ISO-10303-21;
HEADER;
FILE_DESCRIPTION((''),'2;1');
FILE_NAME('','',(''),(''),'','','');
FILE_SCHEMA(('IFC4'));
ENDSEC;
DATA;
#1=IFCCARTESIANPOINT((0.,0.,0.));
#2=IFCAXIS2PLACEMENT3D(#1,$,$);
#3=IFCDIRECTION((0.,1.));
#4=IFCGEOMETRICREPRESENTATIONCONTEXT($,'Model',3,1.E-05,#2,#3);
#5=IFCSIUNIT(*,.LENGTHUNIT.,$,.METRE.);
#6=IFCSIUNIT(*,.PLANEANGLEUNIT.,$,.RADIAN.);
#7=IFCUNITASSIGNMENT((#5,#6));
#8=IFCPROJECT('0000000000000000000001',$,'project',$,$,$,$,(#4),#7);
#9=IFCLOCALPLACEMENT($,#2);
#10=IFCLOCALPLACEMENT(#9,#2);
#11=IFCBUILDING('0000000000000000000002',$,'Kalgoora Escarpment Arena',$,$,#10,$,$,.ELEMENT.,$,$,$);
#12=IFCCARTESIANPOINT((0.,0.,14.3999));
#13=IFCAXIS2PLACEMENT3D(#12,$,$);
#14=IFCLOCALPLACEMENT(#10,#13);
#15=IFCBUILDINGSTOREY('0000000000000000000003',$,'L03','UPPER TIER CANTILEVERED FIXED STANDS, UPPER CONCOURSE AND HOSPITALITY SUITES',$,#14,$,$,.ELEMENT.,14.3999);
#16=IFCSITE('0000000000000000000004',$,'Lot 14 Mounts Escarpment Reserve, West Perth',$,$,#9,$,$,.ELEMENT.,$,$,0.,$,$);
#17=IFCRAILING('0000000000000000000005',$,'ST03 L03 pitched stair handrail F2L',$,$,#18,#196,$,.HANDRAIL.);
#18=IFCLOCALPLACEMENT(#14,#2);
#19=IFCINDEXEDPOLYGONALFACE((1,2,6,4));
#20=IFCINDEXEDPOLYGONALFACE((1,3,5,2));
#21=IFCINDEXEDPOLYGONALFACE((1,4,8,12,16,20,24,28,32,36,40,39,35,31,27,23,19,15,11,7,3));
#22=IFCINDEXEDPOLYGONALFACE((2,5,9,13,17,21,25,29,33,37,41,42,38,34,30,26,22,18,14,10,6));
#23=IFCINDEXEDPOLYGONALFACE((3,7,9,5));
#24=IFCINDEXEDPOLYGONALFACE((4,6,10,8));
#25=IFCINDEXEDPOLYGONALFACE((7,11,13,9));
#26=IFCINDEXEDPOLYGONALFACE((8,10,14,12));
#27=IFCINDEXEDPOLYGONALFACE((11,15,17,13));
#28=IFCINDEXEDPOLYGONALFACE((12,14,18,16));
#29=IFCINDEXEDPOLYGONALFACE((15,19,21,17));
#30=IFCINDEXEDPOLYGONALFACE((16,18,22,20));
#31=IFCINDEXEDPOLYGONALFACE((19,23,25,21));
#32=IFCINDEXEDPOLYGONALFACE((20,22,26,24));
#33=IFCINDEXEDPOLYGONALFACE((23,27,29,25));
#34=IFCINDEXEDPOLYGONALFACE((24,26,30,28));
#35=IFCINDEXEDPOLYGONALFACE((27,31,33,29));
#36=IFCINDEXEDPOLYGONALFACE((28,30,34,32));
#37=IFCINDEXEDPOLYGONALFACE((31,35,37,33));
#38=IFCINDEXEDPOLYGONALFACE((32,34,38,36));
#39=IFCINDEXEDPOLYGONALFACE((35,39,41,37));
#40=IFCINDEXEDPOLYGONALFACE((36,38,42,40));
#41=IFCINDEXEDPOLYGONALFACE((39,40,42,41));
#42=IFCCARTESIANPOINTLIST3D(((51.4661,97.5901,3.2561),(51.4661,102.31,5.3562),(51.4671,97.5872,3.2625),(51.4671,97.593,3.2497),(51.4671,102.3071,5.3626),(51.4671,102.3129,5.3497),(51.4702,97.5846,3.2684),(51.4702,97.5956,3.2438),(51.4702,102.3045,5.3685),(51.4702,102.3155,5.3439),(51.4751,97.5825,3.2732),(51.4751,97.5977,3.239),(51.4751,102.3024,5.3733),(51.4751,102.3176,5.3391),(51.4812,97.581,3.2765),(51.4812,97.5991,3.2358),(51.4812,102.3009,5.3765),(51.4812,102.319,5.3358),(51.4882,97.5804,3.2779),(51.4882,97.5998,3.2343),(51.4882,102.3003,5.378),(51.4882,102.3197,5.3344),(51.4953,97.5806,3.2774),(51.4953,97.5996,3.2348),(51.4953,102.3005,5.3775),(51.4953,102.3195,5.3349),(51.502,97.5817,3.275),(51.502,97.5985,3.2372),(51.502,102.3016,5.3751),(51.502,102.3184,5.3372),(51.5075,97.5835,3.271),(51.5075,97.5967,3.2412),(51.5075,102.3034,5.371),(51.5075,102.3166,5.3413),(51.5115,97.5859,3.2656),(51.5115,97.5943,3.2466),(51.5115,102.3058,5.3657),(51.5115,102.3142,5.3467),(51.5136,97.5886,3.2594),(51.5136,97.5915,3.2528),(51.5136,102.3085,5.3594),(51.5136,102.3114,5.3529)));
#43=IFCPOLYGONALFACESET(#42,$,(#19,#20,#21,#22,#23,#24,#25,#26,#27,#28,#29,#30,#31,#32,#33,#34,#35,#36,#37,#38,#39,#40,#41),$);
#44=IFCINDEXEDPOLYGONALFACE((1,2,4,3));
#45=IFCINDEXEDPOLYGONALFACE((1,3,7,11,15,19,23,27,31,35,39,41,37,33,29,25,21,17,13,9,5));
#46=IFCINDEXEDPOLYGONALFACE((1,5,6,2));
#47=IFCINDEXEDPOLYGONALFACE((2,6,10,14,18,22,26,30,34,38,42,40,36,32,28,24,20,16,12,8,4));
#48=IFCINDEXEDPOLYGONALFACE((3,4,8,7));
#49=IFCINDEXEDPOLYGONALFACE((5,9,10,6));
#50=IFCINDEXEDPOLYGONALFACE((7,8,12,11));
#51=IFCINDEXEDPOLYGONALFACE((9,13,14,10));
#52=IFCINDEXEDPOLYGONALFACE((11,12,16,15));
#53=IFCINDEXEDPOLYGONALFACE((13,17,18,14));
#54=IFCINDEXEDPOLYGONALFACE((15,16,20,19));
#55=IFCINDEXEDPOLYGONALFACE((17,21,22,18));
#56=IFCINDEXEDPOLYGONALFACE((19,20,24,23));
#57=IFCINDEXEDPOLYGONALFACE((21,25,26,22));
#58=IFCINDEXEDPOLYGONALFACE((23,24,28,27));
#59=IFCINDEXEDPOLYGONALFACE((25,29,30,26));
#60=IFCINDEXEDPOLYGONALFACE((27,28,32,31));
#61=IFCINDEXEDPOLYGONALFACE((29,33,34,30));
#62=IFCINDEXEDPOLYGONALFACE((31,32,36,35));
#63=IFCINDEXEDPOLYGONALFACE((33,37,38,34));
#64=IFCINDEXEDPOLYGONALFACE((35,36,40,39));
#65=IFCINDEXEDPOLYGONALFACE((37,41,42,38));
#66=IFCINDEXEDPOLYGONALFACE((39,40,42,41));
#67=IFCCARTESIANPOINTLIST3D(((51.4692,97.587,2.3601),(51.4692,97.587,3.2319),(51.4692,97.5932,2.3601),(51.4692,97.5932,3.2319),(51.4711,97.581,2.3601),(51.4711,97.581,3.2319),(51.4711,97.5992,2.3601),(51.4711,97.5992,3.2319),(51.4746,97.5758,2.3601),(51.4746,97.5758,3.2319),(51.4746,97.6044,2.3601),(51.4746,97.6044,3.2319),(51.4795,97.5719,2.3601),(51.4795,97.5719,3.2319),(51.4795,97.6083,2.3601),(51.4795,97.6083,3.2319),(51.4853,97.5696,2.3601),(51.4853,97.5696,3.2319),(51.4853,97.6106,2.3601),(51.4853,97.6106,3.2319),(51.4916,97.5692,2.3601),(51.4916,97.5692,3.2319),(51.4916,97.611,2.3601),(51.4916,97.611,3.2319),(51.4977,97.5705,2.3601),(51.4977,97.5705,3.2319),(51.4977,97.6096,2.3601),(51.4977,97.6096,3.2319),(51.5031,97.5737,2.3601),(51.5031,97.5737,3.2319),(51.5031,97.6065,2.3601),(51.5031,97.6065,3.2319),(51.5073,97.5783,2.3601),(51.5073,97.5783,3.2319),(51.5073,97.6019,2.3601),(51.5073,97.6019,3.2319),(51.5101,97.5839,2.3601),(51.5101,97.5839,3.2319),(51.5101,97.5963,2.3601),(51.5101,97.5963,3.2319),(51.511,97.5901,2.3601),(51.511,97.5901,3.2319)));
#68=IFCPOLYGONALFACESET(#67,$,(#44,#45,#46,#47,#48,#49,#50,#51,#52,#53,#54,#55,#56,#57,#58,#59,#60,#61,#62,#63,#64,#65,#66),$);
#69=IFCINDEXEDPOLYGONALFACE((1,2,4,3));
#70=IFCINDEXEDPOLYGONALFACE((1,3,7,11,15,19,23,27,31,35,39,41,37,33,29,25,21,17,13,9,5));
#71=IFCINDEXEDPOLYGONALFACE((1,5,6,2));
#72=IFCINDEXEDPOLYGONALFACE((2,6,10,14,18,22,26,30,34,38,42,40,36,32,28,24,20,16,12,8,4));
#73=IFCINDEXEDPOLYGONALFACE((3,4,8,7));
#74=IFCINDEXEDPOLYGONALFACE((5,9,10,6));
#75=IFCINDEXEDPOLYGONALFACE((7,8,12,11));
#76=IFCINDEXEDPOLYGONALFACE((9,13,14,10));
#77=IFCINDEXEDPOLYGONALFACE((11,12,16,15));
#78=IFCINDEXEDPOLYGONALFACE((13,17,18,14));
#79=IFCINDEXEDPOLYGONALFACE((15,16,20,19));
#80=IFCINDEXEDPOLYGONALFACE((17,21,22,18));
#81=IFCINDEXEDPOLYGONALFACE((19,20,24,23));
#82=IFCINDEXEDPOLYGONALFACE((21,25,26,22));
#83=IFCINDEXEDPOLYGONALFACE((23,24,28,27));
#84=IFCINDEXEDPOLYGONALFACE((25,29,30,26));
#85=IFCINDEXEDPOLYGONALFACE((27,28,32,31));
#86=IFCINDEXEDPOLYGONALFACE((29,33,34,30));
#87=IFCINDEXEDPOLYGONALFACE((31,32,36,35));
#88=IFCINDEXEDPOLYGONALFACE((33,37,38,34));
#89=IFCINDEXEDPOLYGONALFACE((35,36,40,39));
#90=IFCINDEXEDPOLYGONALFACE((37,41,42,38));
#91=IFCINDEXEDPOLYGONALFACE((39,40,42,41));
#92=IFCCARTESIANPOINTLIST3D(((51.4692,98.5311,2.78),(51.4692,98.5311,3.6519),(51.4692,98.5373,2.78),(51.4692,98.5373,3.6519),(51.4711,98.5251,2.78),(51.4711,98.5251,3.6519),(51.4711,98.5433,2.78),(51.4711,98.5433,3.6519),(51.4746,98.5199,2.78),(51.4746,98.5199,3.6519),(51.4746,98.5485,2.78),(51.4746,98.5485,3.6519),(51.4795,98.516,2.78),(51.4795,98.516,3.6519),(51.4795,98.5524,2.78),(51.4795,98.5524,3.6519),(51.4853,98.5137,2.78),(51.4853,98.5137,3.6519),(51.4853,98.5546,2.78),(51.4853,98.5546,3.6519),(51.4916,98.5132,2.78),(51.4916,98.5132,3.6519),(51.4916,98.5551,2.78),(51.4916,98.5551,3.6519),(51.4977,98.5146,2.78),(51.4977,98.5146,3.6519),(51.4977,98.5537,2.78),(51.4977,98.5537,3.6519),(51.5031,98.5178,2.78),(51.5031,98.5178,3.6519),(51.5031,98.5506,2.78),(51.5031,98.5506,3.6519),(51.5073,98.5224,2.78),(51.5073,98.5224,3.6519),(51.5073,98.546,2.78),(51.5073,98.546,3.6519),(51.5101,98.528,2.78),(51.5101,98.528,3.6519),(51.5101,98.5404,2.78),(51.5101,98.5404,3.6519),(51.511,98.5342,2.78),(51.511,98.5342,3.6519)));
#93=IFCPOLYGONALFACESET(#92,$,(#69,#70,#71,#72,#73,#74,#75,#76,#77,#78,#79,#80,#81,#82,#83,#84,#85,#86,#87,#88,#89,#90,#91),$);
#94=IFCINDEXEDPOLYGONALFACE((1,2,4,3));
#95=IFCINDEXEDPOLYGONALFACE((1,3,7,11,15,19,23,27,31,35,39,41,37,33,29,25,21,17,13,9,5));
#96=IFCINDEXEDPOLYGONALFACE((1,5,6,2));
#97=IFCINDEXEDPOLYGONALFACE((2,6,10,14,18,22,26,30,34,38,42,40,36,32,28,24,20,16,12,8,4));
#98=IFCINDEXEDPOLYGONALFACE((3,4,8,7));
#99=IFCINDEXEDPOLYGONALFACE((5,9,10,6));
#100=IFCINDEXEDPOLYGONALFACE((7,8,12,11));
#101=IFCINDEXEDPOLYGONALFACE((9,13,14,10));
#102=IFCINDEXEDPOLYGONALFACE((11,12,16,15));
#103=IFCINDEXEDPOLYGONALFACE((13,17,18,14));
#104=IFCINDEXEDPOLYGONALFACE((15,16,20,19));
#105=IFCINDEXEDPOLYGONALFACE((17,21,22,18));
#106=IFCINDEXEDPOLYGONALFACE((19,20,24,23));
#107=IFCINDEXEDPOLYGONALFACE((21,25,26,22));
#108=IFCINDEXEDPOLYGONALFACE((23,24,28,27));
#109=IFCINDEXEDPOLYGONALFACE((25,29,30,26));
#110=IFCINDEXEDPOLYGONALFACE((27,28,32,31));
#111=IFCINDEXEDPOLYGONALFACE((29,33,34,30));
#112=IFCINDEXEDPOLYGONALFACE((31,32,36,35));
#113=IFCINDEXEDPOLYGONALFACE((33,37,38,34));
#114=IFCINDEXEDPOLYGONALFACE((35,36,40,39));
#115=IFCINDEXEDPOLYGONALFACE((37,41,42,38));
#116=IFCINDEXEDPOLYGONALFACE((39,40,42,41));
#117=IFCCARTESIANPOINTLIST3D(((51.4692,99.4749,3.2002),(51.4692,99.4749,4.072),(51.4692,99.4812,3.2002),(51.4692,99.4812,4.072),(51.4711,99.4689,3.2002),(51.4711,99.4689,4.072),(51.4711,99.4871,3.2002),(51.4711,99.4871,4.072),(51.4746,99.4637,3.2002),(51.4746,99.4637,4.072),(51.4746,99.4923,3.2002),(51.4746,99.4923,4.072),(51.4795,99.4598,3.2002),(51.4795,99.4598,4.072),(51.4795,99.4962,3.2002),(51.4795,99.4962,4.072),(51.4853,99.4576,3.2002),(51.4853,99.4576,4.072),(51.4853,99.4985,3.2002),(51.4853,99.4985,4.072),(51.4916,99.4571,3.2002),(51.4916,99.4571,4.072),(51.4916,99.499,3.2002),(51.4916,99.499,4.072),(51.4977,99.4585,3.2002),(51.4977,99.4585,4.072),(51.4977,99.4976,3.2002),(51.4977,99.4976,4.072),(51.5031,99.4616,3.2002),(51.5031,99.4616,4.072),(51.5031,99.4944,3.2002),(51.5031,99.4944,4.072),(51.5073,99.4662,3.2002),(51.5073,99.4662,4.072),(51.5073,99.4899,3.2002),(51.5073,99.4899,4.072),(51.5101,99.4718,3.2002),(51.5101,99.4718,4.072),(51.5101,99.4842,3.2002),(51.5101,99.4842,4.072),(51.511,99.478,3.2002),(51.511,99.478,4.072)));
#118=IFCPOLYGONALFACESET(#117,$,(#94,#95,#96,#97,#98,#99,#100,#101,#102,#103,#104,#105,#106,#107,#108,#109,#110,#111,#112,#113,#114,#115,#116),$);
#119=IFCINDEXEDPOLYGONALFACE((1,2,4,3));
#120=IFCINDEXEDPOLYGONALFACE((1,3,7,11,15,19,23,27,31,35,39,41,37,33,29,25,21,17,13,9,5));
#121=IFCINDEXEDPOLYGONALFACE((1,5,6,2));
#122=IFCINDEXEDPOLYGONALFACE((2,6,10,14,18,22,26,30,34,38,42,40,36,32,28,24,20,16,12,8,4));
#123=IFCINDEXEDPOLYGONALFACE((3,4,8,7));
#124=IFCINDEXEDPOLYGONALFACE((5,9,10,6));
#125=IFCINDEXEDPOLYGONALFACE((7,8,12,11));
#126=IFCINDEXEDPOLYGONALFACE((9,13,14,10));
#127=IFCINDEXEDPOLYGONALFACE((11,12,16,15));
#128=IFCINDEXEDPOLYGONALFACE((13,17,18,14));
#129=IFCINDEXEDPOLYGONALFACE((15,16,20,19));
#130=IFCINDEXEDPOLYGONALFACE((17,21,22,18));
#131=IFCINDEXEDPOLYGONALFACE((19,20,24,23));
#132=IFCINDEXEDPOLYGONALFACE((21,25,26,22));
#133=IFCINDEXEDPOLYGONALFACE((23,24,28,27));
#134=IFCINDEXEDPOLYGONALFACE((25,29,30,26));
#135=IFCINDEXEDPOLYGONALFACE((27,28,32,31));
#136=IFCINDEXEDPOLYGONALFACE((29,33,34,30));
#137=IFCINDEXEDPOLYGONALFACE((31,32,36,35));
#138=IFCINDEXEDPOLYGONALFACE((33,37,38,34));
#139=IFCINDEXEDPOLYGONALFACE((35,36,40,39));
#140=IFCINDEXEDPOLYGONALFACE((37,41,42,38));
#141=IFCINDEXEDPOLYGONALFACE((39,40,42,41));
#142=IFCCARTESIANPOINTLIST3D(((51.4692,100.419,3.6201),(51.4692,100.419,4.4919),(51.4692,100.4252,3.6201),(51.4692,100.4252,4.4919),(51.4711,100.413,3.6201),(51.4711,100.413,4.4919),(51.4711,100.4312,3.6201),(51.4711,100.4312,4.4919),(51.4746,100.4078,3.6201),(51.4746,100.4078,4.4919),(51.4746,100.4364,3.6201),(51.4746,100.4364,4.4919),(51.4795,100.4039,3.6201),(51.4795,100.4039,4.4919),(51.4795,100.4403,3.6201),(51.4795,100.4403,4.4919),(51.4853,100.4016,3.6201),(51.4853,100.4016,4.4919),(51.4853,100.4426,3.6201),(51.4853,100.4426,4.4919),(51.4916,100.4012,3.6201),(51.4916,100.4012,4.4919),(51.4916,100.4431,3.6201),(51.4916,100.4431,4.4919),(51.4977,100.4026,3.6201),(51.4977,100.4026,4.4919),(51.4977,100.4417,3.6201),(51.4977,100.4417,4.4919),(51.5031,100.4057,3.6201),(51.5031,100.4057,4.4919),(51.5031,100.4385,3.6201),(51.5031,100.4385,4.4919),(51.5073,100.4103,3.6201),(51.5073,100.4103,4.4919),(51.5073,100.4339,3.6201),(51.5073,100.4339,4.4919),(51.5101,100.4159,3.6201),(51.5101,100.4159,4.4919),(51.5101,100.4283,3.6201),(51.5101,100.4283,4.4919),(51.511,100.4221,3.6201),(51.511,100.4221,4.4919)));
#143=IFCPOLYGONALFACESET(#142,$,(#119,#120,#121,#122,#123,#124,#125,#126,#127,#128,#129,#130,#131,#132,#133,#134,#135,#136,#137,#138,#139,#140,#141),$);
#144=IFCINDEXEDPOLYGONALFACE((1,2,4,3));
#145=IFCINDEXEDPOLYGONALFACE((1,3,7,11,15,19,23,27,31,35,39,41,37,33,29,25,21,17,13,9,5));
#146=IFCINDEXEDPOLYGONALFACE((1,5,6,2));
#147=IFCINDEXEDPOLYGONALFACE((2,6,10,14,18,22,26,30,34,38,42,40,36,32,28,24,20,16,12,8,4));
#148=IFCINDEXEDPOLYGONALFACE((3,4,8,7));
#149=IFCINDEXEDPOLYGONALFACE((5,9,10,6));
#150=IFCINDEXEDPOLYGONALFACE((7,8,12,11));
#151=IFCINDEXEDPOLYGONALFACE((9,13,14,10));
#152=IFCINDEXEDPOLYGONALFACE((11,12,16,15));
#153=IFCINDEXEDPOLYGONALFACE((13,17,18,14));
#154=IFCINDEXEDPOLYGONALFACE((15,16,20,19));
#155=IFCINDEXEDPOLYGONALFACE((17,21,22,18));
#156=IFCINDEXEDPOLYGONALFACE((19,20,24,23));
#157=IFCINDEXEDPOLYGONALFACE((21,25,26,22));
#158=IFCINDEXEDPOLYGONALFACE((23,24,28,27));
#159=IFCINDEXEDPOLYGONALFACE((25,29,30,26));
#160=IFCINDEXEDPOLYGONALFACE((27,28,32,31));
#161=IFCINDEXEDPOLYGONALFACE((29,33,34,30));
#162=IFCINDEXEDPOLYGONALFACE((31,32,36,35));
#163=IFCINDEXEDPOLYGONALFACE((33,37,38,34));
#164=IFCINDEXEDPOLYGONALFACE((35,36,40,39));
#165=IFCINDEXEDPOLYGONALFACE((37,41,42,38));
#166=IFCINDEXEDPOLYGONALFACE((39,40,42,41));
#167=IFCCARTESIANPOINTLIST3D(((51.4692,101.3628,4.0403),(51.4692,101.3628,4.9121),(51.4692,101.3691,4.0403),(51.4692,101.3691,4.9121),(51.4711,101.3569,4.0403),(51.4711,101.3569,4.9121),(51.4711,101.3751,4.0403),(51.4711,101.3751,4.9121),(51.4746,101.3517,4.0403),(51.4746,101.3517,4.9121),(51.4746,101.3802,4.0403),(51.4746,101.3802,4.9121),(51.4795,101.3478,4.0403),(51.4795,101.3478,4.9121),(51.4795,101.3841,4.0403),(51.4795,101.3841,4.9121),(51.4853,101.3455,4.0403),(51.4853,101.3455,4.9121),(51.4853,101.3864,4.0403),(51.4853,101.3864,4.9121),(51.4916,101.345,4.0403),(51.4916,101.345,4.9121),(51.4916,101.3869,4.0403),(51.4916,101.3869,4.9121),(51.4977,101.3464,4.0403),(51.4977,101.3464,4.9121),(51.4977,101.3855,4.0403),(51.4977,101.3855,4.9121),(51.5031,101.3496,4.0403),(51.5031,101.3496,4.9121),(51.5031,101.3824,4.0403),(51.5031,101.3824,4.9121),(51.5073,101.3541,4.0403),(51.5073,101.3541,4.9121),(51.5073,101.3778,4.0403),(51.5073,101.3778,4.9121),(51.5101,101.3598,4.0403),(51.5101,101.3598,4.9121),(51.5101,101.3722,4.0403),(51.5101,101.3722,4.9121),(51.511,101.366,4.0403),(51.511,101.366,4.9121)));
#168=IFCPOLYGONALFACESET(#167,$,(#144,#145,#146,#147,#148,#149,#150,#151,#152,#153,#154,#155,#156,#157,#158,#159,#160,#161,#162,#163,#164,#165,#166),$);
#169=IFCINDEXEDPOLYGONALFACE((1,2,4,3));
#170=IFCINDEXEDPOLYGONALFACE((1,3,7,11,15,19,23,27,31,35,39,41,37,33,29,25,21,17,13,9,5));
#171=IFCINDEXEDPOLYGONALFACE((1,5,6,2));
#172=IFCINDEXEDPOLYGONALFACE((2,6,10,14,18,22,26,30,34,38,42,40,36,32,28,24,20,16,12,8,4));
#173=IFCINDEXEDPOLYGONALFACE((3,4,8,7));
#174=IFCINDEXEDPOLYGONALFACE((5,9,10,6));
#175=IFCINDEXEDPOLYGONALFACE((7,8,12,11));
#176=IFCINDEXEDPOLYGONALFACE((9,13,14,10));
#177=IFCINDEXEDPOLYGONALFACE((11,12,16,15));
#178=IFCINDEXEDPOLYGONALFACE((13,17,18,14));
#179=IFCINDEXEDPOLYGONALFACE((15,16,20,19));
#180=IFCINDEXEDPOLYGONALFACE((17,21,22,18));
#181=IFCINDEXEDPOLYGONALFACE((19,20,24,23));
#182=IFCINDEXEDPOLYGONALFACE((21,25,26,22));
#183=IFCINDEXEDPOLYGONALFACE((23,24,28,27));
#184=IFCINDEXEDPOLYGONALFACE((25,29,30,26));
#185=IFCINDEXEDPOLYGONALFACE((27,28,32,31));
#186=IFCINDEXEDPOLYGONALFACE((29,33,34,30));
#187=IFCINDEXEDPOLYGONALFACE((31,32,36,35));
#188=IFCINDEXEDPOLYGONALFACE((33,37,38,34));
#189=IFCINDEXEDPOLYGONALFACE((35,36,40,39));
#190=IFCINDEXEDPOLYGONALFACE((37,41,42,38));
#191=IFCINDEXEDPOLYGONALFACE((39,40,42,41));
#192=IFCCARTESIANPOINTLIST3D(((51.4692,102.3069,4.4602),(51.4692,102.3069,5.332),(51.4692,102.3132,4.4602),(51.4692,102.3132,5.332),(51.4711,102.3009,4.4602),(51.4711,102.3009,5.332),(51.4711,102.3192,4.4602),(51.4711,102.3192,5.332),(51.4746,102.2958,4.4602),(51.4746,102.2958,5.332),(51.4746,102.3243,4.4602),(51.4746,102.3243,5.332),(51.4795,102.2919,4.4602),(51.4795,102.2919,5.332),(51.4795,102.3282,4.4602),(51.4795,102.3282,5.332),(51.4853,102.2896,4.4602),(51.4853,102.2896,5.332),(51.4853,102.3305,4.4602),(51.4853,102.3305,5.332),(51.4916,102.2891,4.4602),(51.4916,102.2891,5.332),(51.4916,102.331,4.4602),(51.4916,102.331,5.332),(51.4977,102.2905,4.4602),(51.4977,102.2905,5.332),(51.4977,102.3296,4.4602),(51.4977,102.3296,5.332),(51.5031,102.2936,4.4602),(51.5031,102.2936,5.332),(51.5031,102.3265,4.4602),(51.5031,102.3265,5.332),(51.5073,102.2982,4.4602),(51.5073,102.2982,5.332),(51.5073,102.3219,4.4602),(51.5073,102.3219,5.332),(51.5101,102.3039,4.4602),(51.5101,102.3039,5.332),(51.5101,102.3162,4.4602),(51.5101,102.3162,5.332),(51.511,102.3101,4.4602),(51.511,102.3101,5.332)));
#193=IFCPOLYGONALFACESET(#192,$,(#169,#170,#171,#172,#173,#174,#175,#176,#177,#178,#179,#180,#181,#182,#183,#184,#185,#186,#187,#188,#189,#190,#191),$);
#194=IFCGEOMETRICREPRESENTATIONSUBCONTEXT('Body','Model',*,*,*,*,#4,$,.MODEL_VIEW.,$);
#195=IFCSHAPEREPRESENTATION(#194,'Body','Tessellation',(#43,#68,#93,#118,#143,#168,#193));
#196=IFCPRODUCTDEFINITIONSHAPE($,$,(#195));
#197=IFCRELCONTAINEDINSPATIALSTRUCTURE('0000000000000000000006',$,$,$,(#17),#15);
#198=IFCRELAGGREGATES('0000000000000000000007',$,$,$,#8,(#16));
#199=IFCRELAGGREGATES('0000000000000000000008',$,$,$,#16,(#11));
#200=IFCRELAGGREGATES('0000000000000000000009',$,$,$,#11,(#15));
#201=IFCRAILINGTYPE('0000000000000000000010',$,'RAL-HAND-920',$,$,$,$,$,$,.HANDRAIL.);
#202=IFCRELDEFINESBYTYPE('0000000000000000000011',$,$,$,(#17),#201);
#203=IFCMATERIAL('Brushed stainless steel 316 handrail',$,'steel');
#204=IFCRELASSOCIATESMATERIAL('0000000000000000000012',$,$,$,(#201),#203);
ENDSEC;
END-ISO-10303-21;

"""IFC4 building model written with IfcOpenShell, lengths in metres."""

from ifc_helpers import new_model, si_unit, direction, frame, origin, origin_2d, place, context, subcontext, project, spatial, circle, extrude, material, type_object, element, save


model = new_model("IFC4")

# Units and contexts
model_context = context("Model", 3, precision=1e-05, world=origin(), true_north=direction((0.0, 1.0)))
body_context = subcontext(model_context, "Body", "Model", "MODEL_VIEW")
ifc_project = project(units=[si_unit("LENGTHUNIT", "METRE"), si_unit("PLANEANGLEUNIT", "RADIAN")], contexts=[model_context])

# Site, building, storey
site_placement = place(None, origin())
site = spatial("IfcSite", under=ifc_project, at=site_placement, Name="Lot 14 Mounts Escarpment Reserve, West Perth", CompositionType="ELEMENT", RefElevation=0.0)
building_placement = place(site_placement, origin())
building = spatial("IfcBuilding", under=site, at=building_placement, Name="Kalgoora Escarpment Arena", CompositionType="ELEMENT")
storey_placement = place(building_placement, frame((0.0, 0.0, 14.3999)))
storey = spatial("IfcBuildingStorey", under=building, at=storey_placement, Name="L03", Description="UPPER TIER CANTILEVERED FIXED STANDS, UPPER CONCOURSE AND HOSPITALITY SUITES", CompositionType="ELEMENT", Elevation=14.3999)

# Railing
ifc_material_1 = material(Name="Brushed stainless steel 316 handrail", Category="steel")
railing_type_1 = type_object("IfcRailingType", Name="RAL-HAND-920", PredefinedType="HANDRAIL", material=ifc_material_1)
railing_1_placement = place(storey_placement, frame((51.49, 97.5901, 2.3601)))
element("IfcRailing", 1, at=railing_1_placement, inside=storey, type_object=railing_type_1, Name="ST03 L03 pitched stair handrail F2L", PredefinedType="HANDRAIL", context=body_context, shape_type="SweptSolid", body=[
    extrude(circle(Radius=0.0239, at=origin_2d()), frame((0.0, 0.0, 0.896), z_axis=(0.0, 0.913644, 0.406516), x_axis=(-1.0, 0.0, 0.0)), (0.0, 0.0, 1.0), 5.166),
    extrude(circle(Radius=0.021, at=origin_2d()), origin(), (0.0, 0.0, 1.0), 0.8718),
    extrude(circle(Radius=0.021, at=origin_2d()), frame((0.0, 0.9441, 0.4199)), (0.0, 0.0, 1.0), 0.8718),
    extrude(circle(Radius=0.021, at=origin_2d()), frame((0.0, 1.8879, 0.8401)), (0.0, 0.0, 1.0), 0.8718),
    extrude(circle(Radius=0.021, at=origin_2d()), frame((0.0, 2.832, 1.26)), (0.0, 0.0, 1.0), 0.8718),
    extrude(circle(Radius=0.021, at=origin_2d()), frame((0.0, 3.7759, 1.6802)), (0.0, 0.0, 1.0), 0.8718),
    extrude(circle(Radius=0.021, at=origin_2d()), frame((0.0, 4.72, 2.1001)), (0.0, 0.0, 1.0), 0.8718),
])

save(model, "model.ifc")
